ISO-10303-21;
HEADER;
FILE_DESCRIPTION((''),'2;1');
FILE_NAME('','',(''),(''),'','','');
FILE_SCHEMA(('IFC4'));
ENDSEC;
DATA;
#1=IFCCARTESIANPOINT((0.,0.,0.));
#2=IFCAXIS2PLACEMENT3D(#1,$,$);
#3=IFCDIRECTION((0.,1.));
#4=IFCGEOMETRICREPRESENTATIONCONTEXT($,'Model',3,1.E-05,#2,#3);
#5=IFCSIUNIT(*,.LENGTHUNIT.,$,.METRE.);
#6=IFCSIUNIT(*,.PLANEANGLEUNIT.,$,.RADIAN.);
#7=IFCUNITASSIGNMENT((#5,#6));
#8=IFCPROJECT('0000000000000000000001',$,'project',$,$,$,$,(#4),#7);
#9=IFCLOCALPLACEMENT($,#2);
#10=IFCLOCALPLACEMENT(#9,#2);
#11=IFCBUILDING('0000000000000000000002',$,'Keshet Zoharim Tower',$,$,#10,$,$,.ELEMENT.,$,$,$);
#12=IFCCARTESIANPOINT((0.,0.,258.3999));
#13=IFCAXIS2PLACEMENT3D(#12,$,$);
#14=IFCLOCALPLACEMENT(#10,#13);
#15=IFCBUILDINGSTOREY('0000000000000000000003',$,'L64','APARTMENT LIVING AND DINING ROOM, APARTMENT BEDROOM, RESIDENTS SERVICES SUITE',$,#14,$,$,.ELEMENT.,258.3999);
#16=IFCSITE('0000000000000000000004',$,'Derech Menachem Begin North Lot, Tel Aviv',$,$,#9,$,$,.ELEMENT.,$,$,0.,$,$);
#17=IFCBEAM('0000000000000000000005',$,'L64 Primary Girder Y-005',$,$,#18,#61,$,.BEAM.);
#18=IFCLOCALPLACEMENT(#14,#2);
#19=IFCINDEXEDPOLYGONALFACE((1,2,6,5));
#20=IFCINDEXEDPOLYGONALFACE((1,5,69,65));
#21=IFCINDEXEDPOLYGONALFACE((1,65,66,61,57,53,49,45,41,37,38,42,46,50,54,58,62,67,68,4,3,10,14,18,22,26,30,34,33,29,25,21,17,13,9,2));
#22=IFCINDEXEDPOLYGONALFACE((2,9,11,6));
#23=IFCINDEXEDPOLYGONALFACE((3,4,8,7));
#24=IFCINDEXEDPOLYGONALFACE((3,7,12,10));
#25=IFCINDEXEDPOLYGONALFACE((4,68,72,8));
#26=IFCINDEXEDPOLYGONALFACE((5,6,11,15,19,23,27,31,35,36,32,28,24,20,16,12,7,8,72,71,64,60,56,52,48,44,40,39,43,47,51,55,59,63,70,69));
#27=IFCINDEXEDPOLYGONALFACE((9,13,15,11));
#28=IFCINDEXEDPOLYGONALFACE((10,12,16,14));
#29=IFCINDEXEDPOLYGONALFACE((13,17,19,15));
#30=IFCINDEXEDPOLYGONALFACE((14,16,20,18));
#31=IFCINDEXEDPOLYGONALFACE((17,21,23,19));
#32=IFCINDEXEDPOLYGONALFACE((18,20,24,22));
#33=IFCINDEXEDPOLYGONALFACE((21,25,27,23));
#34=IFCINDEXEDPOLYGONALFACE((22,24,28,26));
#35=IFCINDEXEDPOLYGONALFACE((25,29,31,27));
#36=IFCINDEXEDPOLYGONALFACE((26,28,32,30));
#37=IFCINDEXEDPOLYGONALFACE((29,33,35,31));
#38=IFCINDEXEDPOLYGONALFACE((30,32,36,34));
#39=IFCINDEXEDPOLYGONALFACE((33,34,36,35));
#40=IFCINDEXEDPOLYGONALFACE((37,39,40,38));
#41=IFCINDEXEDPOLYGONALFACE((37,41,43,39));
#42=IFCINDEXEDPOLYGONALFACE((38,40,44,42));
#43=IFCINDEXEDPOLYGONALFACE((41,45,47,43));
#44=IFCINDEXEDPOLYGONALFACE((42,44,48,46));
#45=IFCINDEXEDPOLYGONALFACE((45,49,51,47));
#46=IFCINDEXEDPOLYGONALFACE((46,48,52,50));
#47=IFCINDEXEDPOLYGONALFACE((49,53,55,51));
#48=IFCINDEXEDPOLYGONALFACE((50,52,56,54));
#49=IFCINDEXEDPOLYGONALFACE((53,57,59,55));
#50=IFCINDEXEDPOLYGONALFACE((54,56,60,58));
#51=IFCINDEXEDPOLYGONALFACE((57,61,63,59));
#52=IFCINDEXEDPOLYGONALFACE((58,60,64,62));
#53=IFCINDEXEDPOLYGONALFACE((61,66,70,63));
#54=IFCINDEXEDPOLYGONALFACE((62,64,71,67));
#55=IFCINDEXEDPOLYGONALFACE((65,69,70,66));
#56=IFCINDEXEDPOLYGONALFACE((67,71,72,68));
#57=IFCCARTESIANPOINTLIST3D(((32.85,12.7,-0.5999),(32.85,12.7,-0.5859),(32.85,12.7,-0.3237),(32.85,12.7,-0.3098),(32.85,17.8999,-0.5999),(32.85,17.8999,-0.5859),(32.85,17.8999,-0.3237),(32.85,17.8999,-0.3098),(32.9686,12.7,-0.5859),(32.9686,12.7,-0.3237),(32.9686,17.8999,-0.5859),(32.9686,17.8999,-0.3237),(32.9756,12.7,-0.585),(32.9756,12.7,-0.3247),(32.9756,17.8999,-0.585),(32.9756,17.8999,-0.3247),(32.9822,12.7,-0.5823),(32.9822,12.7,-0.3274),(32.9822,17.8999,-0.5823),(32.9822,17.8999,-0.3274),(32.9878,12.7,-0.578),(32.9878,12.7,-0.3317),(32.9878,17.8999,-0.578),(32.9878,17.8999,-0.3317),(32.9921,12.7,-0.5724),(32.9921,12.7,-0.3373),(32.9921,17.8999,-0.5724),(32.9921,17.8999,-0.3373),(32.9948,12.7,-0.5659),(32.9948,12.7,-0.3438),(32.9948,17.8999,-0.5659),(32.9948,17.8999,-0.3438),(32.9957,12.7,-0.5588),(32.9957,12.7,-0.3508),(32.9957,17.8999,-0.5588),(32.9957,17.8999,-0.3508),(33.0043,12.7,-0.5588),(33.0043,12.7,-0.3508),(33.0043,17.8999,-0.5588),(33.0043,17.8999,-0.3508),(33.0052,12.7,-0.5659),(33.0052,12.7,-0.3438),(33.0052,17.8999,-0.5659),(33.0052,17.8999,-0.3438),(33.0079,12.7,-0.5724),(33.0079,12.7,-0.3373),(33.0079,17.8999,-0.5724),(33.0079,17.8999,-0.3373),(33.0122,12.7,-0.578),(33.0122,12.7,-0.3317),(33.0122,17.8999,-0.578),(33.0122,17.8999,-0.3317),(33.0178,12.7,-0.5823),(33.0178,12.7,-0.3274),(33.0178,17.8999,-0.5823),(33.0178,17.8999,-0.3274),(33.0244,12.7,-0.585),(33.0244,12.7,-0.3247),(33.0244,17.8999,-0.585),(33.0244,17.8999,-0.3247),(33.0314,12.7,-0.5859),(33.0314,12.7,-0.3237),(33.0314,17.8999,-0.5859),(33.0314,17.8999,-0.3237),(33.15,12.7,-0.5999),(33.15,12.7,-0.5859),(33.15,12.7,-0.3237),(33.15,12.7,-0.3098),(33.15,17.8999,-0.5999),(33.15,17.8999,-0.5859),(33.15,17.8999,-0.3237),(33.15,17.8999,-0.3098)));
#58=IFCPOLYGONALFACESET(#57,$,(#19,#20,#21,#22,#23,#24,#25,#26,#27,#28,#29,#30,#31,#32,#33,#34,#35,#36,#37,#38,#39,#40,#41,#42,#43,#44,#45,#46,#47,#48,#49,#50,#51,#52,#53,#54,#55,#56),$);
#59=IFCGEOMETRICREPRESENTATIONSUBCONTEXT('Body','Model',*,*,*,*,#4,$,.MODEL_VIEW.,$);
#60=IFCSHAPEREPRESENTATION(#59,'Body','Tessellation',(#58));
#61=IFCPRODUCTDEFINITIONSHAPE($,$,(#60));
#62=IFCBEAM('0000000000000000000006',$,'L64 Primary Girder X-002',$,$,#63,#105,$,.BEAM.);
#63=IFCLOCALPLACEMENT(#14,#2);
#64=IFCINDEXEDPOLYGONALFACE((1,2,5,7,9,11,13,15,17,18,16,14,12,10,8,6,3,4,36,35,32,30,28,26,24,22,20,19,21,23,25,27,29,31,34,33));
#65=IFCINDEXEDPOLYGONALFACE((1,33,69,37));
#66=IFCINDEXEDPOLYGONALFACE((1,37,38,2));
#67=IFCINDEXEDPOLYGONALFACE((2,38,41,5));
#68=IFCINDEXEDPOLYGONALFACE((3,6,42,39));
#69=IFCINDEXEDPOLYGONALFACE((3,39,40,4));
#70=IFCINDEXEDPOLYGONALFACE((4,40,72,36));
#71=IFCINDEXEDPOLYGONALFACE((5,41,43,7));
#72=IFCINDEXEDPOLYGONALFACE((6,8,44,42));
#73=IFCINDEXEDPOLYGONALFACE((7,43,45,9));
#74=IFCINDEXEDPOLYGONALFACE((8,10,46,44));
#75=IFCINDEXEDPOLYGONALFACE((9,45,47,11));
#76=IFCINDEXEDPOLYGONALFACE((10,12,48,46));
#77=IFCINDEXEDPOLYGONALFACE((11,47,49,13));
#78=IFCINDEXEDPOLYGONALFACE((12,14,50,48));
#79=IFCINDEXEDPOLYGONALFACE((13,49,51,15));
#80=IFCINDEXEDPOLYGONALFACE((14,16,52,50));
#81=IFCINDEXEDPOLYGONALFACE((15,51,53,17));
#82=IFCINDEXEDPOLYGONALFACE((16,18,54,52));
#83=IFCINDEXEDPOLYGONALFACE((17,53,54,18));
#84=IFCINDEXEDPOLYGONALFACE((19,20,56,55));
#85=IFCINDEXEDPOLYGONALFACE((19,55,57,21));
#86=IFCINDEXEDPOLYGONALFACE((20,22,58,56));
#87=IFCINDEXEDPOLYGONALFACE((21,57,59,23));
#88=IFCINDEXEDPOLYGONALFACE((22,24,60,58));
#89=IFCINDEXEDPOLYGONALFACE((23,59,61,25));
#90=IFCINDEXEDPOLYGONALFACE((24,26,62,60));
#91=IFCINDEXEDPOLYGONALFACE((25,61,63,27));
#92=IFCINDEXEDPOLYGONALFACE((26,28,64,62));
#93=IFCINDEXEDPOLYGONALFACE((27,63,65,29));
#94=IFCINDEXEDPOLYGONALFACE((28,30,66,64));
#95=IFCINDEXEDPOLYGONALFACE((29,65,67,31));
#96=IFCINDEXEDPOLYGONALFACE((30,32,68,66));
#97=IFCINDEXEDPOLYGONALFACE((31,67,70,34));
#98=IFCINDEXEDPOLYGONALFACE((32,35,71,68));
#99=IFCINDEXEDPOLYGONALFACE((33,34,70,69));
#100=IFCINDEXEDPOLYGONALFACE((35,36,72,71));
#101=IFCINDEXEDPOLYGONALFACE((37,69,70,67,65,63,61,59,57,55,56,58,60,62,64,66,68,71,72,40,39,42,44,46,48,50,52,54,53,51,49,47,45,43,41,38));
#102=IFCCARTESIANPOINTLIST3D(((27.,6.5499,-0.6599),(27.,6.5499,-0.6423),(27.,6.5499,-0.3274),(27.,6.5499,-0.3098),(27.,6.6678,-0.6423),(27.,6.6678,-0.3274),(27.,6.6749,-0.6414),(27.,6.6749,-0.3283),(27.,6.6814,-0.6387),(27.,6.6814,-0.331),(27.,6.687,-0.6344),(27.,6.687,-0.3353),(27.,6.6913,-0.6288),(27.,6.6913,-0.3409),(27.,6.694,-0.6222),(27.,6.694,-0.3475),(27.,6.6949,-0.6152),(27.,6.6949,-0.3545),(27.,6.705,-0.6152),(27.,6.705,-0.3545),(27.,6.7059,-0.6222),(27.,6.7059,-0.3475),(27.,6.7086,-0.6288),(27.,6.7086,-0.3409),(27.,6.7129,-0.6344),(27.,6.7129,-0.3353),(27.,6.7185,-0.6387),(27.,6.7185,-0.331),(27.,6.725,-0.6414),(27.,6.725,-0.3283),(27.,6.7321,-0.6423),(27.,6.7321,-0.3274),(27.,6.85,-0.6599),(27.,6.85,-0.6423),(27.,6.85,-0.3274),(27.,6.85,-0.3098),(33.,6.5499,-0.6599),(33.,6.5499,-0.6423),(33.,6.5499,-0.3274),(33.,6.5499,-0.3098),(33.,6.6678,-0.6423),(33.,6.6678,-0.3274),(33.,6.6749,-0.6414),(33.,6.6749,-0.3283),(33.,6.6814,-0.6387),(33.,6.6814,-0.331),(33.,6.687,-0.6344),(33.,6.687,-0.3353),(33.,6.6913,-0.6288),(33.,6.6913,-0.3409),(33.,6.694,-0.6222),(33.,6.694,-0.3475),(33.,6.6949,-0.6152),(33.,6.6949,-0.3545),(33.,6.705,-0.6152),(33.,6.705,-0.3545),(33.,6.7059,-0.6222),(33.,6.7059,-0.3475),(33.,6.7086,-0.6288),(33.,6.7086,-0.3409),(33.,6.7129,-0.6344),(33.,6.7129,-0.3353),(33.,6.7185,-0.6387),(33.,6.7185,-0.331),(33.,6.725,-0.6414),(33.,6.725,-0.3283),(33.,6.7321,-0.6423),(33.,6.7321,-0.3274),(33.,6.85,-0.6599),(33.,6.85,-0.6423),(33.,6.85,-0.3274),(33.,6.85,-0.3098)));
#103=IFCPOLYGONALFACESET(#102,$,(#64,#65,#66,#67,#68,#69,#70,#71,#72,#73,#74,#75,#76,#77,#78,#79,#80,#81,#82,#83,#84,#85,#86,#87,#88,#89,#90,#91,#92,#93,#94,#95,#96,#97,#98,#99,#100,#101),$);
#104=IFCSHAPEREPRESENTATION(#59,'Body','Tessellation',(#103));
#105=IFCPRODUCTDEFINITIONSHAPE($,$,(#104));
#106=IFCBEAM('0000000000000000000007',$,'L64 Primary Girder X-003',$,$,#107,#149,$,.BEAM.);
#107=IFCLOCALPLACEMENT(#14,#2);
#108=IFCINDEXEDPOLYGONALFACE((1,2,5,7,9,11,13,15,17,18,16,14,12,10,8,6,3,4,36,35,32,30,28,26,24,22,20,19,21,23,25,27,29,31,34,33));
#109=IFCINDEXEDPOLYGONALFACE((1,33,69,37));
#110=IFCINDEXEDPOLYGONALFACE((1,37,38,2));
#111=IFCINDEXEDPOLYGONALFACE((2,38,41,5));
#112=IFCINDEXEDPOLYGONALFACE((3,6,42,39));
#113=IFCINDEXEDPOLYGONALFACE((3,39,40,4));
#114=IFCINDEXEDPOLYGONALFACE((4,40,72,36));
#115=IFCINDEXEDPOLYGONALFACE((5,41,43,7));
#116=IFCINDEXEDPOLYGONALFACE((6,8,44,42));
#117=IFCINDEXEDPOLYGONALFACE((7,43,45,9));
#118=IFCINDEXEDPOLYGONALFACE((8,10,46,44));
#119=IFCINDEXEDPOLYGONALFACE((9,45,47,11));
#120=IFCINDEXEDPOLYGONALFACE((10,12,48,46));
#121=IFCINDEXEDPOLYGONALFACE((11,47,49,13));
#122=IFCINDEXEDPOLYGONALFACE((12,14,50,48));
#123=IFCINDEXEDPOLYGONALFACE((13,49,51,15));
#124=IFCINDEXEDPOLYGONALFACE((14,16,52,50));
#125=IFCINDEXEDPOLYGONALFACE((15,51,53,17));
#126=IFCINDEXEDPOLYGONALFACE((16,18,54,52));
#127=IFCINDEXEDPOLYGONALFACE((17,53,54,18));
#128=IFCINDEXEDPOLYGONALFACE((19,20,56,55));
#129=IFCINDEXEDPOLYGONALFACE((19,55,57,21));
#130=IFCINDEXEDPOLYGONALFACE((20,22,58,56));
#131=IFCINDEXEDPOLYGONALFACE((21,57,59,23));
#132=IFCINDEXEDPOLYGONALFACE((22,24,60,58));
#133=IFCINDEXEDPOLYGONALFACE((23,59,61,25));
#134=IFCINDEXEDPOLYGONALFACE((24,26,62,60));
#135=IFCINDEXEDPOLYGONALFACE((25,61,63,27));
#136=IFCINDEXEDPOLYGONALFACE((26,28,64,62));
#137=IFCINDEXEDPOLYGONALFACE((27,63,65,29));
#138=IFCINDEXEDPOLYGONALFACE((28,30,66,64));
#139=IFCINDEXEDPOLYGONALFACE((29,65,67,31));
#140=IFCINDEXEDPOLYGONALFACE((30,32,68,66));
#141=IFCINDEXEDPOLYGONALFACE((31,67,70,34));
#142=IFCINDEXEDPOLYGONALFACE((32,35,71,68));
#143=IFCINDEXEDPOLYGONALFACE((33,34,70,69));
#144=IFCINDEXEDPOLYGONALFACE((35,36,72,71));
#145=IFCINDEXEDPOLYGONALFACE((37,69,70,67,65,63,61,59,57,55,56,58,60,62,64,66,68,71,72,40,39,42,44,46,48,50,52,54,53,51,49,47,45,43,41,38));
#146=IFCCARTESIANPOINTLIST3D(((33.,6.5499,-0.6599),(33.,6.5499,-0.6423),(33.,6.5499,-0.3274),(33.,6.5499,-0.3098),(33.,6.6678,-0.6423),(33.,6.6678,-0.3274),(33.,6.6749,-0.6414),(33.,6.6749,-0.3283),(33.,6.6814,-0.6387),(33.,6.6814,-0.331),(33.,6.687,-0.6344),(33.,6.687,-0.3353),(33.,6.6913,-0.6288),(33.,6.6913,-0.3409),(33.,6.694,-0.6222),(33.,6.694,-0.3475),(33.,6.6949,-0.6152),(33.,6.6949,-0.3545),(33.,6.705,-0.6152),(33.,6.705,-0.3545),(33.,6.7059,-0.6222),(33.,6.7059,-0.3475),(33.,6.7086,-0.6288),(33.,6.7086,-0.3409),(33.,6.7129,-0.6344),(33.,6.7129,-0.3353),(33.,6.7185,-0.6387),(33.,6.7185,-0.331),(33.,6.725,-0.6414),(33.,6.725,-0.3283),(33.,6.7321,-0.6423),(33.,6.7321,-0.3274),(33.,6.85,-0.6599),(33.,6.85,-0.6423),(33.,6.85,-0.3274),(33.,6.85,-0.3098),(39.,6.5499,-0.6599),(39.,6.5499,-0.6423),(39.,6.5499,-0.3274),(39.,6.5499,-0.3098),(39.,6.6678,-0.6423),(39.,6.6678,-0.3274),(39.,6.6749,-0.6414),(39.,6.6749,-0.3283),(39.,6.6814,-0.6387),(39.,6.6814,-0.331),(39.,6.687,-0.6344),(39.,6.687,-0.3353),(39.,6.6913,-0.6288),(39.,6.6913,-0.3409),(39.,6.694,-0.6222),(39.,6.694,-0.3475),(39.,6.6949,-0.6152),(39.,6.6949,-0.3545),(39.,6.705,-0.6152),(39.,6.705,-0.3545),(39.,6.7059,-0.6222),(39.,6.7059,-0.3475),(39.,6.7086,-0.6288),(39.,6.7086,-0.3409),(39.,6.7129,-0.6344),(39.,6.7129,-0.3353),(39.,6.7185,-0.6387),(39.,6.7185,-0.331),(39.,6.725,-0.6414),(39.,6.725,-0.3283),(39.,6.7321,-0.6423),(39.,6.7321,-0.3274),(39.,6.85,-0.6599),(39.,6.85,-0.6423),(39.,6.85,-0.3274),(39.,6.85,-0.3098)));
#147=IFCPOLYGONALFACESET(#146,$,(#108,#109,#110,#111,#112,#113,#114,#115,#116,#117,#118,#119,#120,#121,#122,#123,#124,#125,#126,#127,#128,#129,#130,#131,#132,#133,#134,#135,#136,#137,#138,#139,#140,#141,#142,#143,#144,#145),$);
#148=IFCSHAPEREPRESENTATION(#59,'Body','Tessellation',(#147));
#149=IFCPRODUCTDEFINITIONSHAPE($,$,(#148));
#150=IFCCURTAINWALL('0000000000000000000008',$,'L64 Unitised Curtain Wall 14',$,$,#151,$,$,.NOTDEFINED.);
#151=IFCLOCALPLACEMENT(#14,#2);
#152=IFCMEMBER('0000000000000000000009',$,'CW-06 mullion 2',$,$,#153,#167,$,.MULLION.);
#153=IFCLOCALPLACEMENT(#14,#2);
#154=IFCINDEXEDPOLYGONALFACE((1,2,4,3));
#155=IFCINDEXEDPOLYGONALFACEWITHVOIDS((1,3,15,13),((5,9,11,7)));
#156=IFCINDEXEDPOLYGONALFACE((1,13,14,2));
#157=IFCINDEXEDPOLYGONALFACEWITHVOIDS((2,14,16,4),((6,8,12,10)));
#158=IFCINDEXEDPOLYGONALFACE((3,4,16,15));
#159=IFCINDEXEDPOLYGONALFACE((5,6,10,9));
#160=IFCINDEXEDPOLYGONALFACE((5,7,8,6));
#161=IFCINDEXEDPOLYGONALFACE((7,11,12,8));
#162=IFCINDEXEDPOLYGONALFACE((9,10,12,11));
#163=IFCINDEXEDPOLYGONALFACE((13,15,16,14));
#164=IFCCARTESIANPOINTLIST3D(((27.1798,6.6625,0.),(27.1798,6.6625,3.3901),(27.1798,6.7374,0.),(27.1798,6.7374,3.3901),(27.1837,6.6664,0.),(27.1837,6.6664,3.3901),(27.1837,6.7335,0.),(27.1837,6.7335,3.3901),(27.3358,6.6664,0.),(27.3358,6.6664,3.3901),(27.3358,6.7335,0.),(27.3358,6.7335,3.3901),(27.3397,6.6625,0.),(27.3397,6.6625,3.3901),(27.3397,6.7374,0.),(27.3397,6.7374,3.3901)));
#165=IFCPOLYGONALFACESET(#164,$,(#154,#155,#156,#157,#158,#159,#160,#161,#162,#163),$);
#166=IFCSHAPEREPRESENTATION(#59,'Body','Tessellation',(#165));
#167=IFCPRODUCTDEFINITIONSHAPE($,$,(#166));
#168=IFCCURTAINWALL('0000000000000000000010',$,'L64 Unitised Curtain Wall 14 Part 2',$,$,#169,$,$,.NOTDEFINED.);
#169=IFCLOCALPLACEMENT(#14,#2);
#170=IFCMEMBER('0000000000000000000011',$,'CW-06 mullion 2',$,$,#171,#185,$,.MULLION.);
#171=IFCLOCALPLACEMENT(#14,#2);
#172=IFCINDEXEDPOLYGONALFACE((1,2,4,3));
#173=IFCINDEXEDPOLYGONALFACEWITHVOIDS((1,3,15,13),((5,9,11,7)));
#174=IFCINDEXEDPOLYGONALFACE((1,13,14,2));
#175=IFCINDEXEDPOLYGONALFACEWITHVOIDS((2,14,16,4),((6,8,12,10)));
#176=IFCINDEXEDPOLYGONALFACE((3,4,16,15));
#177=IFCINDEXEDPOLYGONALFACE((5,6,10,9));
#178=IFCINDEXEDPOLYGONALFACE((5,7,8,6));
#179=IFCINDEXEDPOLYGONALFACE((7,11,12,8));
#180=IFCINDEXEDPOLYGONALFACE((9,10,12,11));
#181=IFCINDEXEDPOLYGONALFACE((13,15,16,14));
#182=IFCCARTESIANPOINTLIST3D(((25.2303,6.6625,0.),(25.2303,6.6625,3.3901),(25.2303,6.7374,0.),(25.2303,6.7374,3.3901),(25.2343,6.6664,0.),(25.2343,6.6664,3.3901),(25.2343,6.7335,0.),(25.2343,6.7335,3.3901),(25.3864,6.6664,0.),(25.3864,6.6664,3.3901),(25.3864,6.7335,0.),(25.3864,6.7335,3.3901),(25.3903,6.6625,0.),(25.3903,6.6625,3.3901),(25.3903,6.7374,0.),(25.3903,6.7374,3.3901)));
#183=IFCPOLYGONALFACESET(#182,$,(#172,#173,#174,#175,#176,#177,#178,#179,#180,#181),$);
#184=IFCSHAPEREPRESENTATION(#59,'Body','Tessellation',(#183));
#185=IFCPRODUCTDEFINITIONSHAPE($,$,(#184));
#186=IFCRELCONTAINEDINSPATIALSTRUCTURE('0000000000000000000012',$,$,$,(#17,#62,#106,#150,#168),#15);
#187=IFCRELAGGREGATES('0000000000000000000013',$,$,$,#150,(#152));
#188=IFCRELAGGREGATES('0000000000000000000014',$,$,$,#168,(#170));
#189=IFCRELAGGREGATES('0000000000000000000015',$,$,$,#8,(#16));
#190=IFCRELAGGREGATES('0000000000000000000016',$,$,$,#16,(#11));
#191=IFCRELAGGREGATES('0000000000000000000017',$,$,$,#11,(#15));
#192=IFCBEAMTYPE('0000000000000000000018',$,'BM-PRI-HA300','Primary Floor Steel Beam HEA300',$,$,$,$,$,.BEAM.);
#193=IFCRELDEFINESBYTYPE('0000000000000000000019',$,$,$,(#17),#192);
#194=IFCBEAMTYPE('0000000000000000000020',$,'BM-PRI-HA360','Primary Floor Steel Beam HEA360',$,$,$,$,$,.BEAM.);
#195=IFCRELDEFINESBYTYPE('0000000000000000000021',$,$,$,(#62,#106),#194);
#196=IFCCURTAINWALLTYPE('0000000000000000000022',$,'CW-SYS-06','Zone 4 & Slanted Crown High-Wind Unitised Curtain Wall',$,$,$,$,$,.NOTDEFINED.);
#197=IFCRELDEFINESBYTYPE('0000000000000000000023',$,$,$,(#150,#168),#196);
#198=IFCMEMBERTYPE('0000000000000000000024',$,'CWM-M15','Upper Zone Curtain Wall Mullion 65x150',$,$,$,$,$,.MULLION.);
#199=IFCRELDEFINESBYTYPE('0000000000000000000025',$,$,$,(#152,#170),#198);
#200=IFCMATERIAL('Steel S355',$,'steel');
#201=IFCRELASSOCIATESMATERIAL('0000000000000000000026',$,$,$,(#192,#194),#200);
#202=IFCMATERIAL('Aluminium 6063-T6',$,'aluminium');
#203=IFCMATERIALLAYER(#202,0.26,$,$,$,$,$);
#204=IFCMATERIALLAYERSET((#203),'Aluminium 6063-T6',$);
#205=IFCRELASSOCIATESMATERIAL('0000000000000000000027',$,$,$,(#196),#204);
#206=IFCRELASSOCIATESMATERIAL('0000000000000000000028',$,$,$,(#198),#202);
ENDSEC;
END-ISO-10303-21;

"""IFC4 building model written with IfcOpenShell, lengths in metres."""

from ifc_helpers import new_model, si_unit, direction, frame, origin, origin_2d, place, context, subcontext, project, spatial, hollow_rectangle, i_section, extrude, material, layer, layer_set, material_profile, profile_set, type_object, element, aggregate, save


model = new_model("IFC4")

# Units and contexts
model_context = context("Model", 3, precision=1e-05, world=origin(), true_north=direction((0.0, 1.0)))
body_context = subcontext(model_context, "Body", "Model", "MODEL_VIEW")
ifc_project = project(units=[si_unit("LENGTHUNIT", "METRE"), si_unit("PLANEANGLEUNIT", "RADIAN")], contexts=[model_context])

# Site, building, storey
site_placement = place(None, origin())
site = spatial("IfcSite", under=ifc_project, at=site_placement, Name="Derech Menachem Begin North Lot, Tel Aviv", CompositionType="ELEMENT", RefElevation=0.0)
building_placement = place(site_placement, origin())
building = spatial("IfcBuilding", under=site, at=building_placement, Name="Keshet Zoharim Tower", CompositionType="ELEMENT")
storey_placement = place(building_placement, frame((0.0, 0.0, 258.3999)))
storey = spatial("IfcBuildingStorey", under=building, at=storey_placement, Name="L64", Description="APARTMENT LIVING AND DINING ROOM, APARTMENT BEDROOM, RESIDENTS SERVICES SUITE", CompositionType="ELEMENT", Elevation=258.3999)

# Shared definitions
ifc_material_1 = material(Name="Steel S355", Category="steel")

# Beams
ifc_material_profile_1 = material_profile(ifc_material_1, i_section(OverallWidth=0.3, OverallDepth=0.29, WebThickness=0.0085, FlangeThickness=0.0139, FilletRadius=0.0271, at=origin_2d()), Name="HEA300")
ifc_profile_set_1 = profile_set([ifc_material_profile_1], Name="Steel S355")
beam_type_1 = type_object("IfcBeamType", Name="BM-PRI-HA300", Description="Primary Floor Steel Beam HEA300", PredefinedType="BEAM", material=ifc_profile_set_1)
beam_1_placement = place(storey_placement, frame((33.0, 12.7, -0.4548), z_axis=(0.0, 1.0, 0.0), x_axis=(-1.0, 0.0, 0.0)))
element("IfcBeam", 1, at=beam_1_placement, inside=storey, type_object=beam_type_1, Name="L64 Primary Girder Y-005", PredefinedType="BEAM", context=body_context, shape_type="SweptSolid", body=[
    extrude(i_section(OverallWidth=0.3, OverallDepth=0.29, WebThickness=0.0085, FlangeThickness=0.0139, FilletRadius=0.0271, at=origin_2d()), origin(), (0.0, 0.0, 1.0), 5.2),
])
ifc_material_profile_2 = material_profile(ifc_material_1, i_section(OverallWidth=0.3, OverallDepth=0.3501, WebThickness=0.01, FlangeThickness=0.0176, FilletRadius=0.0271, at=origin_2d()), Name="HEA360")
ifc_profile_set_2 = profile_set([ifc_material_profile_2], Name="Steel S355")
beam_type_2 = type_object("IfcBeamType", Name="BM-PRI-HA360", Description="Primary Floor Steel Beam HEA360", PredefinedType="BEAM", material=ifc_profile_set_2)
for number, where, z_axis, x_axis, name in (
    (2, (27.0, 6.7, -0.4849), (1.0, 0.0, 0.0), (0.0, 1.0, 0.0), "L64 Primary Girder X-002"),
    (3, (33.0, 6.7, -0.4849), (1.0, 0.0, 0.0), (0.0, 1.0, 0.0), "L64 Primary Girder X-003"),
):
    element("IfcBeam", number, at=place(storey_placement, frame(where, z_axis=z_axis, x_axis=x_axis)), inside=storey, type_object=beam_type_2, Name=name, PredefinedType="BEAM", context=body_context, shape_type="SweptSolid", body=[
        extrude(i_section(OverallWidth=0.3, OverallDepth=0.3501, WebThickness=0.01, FlangeThickness=0.0176, FilletRadius=0.0271, at=origin_2d()), origin(), (0.0, 0.0, 1.0), 6.0),
    ])

# Curtain wall, member
ifc_material_2 = material(Name="Aluminium 6063-T6", Category="aluminium")
ifc_layer_1 = layer(ifc_material_2, 0.26)
ifc_layer_set_1 = layer_set([ifc_layer_1], Name="Aluminium 6063-T6")
curtain_wall_type = type_object("IfcCurtainWallType", Name="CW-SYS-06", Description="Zone 4 & Slanted Crown High-Wind Unitised Curtain Wall", PredefinedType="NOTDEFINED", material=ifc_layer_set_1)
curtain_wall_1_placement = place(storey_placement, origin())
curtain_wall_1 = element("IfcCurtainWall", 4, at=curtain_wall_1_placement, inside=storey, type_object=curtain_wall_type, Name="L64 Unitised Curtain Wall 14", PredefinedType="NOTDEFINED")
ifc_material_profile_3 = material_profile(ifc_material_2, hollow_rectangle(XDim=0.075, YDim=0.1599, WallThickness=0.0039, at=origin_2d()), Name="MUL-75x160")
ifc_profile_set_3 = profile_set([ifc_material_profile_3], Name="Aluminium 6063-T6")
member_type_1 = type_object("IfcMemberType", Name="CWM-M15", Description="Upper Zone Curtain Wall Mullion 65x150", PredefinedType="MULLION", material=ifc_profile_set_3)
member_1_placement = place(storey_placement, frame((27.2598, 6.7, 0.0), z_axis=(0.0, 0.0, 1.0), x_axis=(0.0, -1.0, 0.0)))
member_1 = element("IfcMember", 5, at=member_1_placement, type_object=member_type_1, Name="CW-06 mullion 2", PredefinedType="MULLION", context=body_context, shape_type="SweptSolid", body=[
    extrude(hollow_rectangle(XDim=0.075, YDim=0.1599, WallThickness=0.0039, at=origin_2d()), origin(), (0.0, 0.0, 1.0), 3.3901),
])
aggregate(curtain_wall_1, [member_1])

# Curtain wall, member
curtain_wall_2_placement = place(storey_placement, origin())
curtain_wall_2 = element("IfcCurtainWall", 6, at=curtain_wall_2_placement, inside=storey, type_object=curtain_wall_type, Name="L64 Unitised Curtain Wall 14 Part 2", PredefinedType="NOTDEFINED")
member_2_placement = place(storey_placement, frame((25.3103, 6.7, 0.0), z_axis=(0.0, 0.0, 1.0), x_axis=(0.0, -1.0, 0.0)))
member_2 = element("IfcMember", 7, at=member_2_placement, type_object=member_type_1, Name="CW-06 mullion 2", PredefinedType="MULLION", context=body_context, shape_type="SweptSolid", body=[
    extrude(hollow_rectangle(XDim=0.075, YDim=0.1599, WallThickness=0.0039, at=origin_2d()), origin(), (0.0, 0.0, 1.0), 3.3901),
])

aggregate(curtain_wall_2, [member_2])

save(model, "model.ifc")
